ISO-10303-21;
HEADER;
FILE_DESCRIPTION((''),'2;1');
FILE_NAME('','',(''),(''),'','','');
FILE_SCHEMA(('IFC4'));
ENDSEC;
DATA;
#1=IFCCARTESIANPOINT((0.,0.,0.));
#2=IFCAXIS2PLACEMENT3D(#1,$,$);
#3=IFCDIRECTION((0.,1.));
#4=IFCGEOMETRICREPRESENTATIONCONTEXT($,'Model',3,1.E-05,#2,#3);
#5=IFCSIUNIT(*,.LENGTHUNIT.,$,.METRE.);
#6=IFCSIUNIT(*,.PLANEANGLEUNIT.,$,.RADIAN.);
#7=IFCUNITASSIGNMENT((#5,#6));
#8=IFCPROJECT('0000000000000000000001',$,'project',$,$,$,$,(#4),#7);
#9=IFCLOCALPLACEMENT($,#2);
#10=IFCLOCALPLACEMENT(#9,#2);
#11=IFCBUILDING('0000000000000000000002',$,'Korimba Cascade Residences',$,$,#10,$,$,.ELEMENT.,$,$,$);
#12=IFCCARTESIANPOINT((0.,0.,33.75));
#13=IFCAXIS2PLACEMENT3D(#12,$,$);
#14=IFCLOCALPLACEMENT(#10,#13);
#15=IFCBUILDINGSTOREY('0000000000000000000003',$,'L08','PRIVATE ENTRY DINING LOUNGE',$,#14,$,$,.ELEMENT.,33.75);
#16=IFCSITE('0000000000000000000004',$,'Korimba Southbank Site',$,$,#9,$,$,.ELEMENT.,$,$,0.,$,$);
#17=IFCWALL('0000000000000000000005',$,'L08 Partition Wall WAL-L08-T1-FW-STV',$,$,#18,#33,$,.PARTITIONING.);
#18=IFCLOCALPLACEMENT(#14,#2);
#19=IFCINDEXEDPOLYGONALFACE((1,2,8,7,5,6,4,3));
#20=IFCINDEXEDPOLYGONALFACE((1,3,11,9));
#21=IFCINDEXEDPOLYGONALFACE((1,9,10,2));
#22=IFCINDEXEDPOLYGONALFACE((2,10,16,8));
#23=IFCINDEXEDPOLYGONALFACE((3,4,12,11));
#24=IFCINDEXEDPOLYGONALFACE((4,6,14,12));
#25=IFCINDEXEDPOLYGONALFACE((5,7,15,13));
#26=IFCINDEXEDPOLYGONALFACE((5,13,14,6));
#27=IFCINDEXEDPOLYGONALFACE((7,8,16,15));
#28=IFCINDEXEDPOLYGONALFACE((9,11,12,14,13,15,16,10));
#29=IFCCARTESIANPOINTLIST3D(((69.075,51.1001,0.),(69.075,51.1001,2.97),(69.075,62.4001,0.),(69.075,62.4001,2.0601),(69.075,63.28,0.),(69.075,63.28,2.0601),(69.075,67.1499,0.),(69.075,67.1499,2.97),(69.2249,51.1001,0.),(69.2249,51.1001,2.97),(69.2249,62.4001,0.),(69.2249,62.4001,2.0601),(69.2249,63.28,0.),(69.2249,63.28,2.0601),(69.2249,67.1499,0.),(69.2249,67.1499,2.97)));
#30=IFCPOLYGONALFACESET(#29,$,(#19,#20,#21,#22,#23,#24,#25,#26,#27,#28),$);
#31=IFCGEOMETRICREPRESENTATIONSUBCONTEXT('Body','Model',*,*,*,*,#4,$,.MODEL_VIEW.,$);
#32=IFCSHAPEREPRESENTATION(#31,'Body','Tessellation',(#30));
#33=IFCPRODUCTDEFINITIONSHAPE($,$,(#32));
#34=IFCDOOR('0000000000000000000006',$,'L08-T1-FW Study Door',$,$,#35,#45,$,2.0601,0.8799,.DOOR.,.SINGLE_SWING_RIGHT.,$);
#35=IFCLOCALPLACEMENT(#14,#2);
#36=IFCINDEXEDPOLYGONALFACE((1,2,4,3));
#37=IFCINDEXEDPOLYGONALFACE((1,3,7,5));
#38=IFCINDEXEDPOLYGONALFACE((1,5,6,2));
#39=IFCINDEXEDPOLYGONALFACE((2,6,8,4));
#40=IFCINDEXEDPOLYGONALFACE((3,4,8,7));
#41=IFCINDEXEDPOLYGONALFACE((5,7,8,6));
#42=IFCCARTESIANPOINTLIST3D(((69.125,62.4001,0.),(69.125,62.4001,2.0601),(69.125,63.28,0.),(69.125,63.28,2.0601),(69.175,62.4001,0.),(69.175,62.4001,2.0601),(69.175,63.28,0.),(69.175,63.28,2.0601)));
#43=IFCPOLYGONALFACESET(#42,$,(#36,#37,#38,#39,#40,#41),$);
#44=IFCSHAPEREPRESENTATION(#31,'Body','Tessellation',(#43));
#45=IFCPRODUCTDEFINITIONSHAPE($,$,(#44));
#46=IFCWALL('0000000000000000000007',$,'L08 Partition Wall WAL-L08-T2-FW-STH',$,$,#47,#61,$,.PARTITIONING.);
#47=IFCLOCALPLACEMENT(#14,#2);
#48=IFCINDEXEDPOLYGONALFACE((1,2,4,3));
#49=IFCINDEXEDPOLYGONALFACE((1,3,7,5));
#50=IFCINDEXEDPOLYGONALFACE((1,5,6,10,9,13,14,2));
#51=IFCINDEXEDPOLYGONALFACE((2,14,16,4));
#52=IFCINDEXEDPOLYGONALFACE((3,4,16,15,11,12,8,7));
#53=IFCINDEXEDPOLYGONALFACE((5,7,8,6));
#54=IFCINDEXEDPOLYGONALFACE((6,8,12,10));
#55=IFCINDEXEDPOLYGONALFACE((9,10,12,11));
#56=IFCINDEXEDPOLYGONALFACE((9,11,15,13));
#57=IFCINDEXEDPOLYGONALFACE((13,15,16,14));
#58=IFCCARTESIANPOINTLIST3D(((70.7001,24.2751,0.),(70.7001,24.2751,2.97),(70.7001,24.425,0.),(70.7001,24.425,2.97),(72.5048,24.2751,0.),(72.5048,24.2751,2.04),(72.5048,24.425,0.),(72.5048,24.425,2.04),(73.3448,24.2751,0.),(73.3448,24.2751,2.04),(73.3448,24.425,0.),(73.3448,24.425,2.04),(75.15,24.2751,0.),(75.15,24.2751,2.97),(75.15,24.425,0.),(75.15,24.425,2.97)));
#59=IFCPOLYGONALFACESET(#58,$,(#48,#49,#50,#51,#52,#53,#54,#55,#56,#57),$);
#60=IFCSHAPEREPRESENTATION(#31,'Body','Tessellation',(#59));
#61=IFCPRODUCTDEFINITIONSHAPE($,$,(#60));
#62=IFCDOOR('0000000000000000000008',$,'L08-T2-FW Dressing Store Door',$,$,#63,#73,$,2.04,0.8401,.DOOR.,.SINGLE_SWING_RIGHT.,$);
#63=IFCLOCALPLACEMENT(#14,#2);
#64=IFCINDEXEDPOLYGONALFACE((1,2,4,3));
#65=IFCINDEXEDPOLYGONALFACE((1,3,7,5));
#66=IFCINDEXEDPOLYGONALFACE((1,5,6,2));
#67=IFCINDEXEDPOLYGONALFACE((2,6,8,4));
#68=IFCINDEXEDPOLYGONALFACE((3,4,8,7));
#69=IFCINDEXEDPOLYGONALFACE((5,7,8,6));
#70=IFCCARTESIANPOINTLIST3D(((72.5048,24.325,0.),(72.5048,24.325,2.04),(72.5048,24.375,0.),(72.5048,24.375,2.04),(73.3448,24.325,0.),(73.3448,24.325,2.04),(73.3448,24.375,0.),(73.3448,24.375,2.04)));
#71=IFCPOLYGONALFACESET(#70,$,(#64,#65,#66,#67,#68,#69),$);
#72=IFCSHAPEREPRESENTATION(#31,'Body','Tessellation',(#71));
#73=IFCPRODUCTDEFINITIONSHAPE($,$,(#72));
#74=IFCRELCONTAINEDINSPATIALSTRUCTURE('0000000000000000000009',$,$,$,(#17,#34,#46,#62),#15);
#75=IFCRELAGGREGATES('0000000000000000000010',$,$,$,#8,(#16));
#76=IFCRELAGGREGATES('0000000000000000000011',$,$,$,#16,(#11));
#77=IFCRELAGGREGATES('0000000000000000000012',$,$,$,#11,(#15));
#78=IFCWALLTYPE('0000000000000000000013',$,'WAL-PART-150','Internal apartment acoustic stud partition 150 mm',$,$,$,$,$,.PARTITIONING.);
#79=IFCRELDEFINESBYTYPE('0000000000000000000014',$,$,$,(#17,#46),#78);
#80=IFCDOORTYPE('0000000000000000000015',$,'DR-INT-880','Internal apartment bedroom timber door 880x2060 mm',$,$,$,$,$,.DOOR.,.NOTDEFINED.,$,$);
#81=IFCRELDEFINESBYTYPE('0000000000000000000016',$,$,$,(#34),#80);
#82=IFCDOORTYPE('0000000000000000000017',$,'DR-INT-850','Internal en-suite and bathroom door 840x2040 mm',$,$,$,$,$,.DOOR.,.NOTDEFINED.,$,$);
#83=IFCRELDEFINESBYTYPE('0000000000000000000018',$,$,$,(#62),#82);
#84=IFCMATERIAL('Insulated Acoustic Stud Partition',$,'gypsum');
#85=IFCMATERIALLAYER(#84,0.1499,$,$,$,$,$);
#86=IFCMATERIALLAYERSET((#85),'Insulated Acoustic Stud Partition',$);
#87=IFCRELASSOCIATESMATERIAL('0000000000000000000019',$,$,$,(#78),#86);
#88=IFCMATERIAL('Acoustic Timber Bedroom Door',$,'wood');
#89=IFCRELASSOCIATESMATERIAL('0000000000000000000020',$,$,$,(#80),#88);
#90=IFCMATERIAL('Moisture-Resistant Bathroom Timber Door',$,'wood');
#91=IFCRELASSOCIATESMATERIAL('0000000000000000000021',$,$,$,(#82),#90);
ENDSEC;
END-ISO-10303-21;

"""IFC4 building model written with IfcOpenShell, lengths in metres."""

from ifc_helpers import new_model, si_unit, direction, frame, frame_2d, origin, place, context, subcontext, project, spatial, rectangle, extrude, material, layer, layer_set, type_object, element, fill, save


model = new_model("IFC4")

# Units and contexts
model_context = context("Model", 3, precision=1e-05, world=origin(), true_north=direction((0.0, 1.0)))
body_context = subcontext(model_context, "Body", "Model", "MODEL_VIEW")
ifc_project = project(units=[si_unit("LENGTHUNIT", "METRE"), si_unit("PLANEANGLEUNIT", "RADIAN")], contexts=[model_context])

# Site, building, storey
site_placement = place(None, origin())
site = spatial("IfcSite", under=ifc_project, at=site_placement, Name="Korimba Southbank Site", CompositionType="ELEMENT", RefElevation=0.0)
building_placement = place(site_placement, origin())
building = spatial("IfcBuilding", under=site, at=building_placement, Name="Korimba Cascade Residences", CompositionType="ELEMENT")
storey_placement = place(building_placement, frame((0.0, 0.0, 33.75)))
storey = spatial("IfcBuildingStorey", under=building, at=storey_placement, Name="L08", Description="PRIVATE ENTRY DINING LOUNGE", CompositionType="ELEMENT", Elevation=33.75)

# Walls, openings, doors
ifc_material_1 = material(Name="Insulated Acoustic Stud Partition", Category="gypsum")
ifc_layer_1 = layer(ifc_material_1, 0.1499)
ifc_layer_set_1 = layer_set([ifc_layer_1], Name="Insulated Acoustic Stud Partition")
wall_type_1 = type_object("IfcWallType", Name="WAL-PART-150", Description="Internal apartment acoustic stud partition 150 mm", PredefinedType="PARTITIONING", material=ifc_layer_set_1)
wall_1_placement = place(storey_placement, frame((69.1499, 51.1001, 0.0), z_axis=(0.0, 0.0, 1.0), x_axis=(0.0, 1.0, 0.0)))
wall_1 = element("IfcWall", 1, at=wall_1_placement, inside=storey, type_object=wall_type_1, Name="L08 Partition Wall WAL-L08-T1-FW-STV", PredefinedType="PARTITIONING", context=body_context, shape_type="SweptSolid", body=[
    extrude(rectangle(XDim=16.0498, YDim=0.1499, at=frame_2d((8.0249, 0.0))), origin(), (0.0, 0.0, 1.0), 2.97),
])
opening_1_placement = place(wall_1_placement, frame((11.3, 0.0, 0.0)))
opening_1 = element("IfcOpeningElement", 2, at=opening_1_placement, cuts=wall_1, PredefinedType="OPENING", context=body_context, shape_type="SweptSolid", body=[
    extrude(rectangle(XDim=0.8799, YDim=2.0601, at=frame_2d((0.4399, 1.03))), frame((0.0, 0.085, 0.0), z_axis=(0.0, -1.0, 0.0), x_axis=(1.0, 0.0, 0.0)), (0.0, 0.0, 1.0), 0.1699),
])
ifc_material_2 = material(Name="Acoustic Timber Bedroom Door", Category="wood")
door_type_1 = type_object("IfcDoorType", Name="DR-INT-880", Description="Internal apartment bedroom timber door 880x2060 mm", OperationType="NOTDEFINED", PredefinedType="DOOR", material=ifc_material_2)
door_1_placement = place(opening_1_placement, origin())
door_1 = element("IfcDoor", 3, at=door_1_placement, inside=storey, type_object=door_type_1, Name="L08-T1-FW Study Door", OperationType="SINGLE_SWING_RIGHT", OverallHeight=2.0601, OverallWidth=0.8799, PredefinedType="DOOR", context=body_context, shape_type="SweptSolid", body=[
    extrude(rectangle(XDim=0.8799, YDim=2.0601, at=frame_2d((0.4399, 1.03))), frame((0.0, 0.0249, 0.0), z_axis=(0.0, -1.0, 0.0), x_axis=(1.0, 0.0, 0.0)), (0.0, 0.0, 1.0), 0.05),
])
fill(opening_1, door_1)
wall_2_placement = place(storey_placement, frame((70.7, 24.3501, 0.0), z_axis=(0.0, 0.0, 1.0), x_axis=(1.0, 0.0, 0.0)))
wall_2 = element("IfcWall", 4, at=wall_2_placement, inside=storey, type_object=wall_type_1, Name="L08 Partition Wall WAL-L08-T2-FW-STH", PredefinedType="PARTITIONING", context=body_context, shape_type="SweptSolid", body=[
    extrude(rectangle(XDim=4.45, YDim=0.1499, at=frame_2d((2.2251, 0.0))), origin(), (0.0, 0.0, 1.0), 2.97),
])
opening_2_placement = place(wall_2_placement, frame((1.8049, 0.0, 0.0)))
opening_2 = element("IfcOpeningElement", 5, at=opening_2_placement, cuts=wall_2, PredefinedType="OPENING", context=body_context, shape_type="SweptSolid", body=[
    extrude(rectangle(XDim=0.8401, YDim=2.04, at=frame_2d((0.4199, 1.02))), frame((0.0, 0.085, 0.0), z_axis=(0.0, -1.0, 0.0), x_axis=(1.0, 0.0, 0.0)), (0.0, 0.0, 1.0), 0.1699),
])
ifc_material_3 = material(Name="Moisture-Resistant Bathroom Timber Door", Category="wood")
door_type_2 = type_object("IfcDoorType", Name="DR-INT-850", Description="Internal en-suite and bathroom door 840x2040 mm", OperationType="NOTDEFINED", PredefinedType="DOOR", material=ifc_material_3)
door_2_placement = place(opening_2_placement, origin())
door_2 = element("IfcDoor", 6, at=door_2_placement, inside=storey, type_object=door_type_2, Name="L08-T2-FW Dressing Store Door", OperationType="SINGLE_SWING_RIGHT", OverallHeight=2.04, OverallWidth=0.8401, PredefinedType="DOOR", context=body_context, shape_type="SweptSolid", body=[
    extrude(rectangle(XDim=0.8401, YDim=2.04, at=frame_2d((0.4199, 1.02))), frame((0.0, 0.0249, 0.0), z_axis=(0.0, -1.0, 0.0), x_axis=(1.0, 0.0, 0.0)), (0.0, 0.0, 1.0), 0.05),
])
fill(opening_2, door_2)

save(model, "model.ifc")
